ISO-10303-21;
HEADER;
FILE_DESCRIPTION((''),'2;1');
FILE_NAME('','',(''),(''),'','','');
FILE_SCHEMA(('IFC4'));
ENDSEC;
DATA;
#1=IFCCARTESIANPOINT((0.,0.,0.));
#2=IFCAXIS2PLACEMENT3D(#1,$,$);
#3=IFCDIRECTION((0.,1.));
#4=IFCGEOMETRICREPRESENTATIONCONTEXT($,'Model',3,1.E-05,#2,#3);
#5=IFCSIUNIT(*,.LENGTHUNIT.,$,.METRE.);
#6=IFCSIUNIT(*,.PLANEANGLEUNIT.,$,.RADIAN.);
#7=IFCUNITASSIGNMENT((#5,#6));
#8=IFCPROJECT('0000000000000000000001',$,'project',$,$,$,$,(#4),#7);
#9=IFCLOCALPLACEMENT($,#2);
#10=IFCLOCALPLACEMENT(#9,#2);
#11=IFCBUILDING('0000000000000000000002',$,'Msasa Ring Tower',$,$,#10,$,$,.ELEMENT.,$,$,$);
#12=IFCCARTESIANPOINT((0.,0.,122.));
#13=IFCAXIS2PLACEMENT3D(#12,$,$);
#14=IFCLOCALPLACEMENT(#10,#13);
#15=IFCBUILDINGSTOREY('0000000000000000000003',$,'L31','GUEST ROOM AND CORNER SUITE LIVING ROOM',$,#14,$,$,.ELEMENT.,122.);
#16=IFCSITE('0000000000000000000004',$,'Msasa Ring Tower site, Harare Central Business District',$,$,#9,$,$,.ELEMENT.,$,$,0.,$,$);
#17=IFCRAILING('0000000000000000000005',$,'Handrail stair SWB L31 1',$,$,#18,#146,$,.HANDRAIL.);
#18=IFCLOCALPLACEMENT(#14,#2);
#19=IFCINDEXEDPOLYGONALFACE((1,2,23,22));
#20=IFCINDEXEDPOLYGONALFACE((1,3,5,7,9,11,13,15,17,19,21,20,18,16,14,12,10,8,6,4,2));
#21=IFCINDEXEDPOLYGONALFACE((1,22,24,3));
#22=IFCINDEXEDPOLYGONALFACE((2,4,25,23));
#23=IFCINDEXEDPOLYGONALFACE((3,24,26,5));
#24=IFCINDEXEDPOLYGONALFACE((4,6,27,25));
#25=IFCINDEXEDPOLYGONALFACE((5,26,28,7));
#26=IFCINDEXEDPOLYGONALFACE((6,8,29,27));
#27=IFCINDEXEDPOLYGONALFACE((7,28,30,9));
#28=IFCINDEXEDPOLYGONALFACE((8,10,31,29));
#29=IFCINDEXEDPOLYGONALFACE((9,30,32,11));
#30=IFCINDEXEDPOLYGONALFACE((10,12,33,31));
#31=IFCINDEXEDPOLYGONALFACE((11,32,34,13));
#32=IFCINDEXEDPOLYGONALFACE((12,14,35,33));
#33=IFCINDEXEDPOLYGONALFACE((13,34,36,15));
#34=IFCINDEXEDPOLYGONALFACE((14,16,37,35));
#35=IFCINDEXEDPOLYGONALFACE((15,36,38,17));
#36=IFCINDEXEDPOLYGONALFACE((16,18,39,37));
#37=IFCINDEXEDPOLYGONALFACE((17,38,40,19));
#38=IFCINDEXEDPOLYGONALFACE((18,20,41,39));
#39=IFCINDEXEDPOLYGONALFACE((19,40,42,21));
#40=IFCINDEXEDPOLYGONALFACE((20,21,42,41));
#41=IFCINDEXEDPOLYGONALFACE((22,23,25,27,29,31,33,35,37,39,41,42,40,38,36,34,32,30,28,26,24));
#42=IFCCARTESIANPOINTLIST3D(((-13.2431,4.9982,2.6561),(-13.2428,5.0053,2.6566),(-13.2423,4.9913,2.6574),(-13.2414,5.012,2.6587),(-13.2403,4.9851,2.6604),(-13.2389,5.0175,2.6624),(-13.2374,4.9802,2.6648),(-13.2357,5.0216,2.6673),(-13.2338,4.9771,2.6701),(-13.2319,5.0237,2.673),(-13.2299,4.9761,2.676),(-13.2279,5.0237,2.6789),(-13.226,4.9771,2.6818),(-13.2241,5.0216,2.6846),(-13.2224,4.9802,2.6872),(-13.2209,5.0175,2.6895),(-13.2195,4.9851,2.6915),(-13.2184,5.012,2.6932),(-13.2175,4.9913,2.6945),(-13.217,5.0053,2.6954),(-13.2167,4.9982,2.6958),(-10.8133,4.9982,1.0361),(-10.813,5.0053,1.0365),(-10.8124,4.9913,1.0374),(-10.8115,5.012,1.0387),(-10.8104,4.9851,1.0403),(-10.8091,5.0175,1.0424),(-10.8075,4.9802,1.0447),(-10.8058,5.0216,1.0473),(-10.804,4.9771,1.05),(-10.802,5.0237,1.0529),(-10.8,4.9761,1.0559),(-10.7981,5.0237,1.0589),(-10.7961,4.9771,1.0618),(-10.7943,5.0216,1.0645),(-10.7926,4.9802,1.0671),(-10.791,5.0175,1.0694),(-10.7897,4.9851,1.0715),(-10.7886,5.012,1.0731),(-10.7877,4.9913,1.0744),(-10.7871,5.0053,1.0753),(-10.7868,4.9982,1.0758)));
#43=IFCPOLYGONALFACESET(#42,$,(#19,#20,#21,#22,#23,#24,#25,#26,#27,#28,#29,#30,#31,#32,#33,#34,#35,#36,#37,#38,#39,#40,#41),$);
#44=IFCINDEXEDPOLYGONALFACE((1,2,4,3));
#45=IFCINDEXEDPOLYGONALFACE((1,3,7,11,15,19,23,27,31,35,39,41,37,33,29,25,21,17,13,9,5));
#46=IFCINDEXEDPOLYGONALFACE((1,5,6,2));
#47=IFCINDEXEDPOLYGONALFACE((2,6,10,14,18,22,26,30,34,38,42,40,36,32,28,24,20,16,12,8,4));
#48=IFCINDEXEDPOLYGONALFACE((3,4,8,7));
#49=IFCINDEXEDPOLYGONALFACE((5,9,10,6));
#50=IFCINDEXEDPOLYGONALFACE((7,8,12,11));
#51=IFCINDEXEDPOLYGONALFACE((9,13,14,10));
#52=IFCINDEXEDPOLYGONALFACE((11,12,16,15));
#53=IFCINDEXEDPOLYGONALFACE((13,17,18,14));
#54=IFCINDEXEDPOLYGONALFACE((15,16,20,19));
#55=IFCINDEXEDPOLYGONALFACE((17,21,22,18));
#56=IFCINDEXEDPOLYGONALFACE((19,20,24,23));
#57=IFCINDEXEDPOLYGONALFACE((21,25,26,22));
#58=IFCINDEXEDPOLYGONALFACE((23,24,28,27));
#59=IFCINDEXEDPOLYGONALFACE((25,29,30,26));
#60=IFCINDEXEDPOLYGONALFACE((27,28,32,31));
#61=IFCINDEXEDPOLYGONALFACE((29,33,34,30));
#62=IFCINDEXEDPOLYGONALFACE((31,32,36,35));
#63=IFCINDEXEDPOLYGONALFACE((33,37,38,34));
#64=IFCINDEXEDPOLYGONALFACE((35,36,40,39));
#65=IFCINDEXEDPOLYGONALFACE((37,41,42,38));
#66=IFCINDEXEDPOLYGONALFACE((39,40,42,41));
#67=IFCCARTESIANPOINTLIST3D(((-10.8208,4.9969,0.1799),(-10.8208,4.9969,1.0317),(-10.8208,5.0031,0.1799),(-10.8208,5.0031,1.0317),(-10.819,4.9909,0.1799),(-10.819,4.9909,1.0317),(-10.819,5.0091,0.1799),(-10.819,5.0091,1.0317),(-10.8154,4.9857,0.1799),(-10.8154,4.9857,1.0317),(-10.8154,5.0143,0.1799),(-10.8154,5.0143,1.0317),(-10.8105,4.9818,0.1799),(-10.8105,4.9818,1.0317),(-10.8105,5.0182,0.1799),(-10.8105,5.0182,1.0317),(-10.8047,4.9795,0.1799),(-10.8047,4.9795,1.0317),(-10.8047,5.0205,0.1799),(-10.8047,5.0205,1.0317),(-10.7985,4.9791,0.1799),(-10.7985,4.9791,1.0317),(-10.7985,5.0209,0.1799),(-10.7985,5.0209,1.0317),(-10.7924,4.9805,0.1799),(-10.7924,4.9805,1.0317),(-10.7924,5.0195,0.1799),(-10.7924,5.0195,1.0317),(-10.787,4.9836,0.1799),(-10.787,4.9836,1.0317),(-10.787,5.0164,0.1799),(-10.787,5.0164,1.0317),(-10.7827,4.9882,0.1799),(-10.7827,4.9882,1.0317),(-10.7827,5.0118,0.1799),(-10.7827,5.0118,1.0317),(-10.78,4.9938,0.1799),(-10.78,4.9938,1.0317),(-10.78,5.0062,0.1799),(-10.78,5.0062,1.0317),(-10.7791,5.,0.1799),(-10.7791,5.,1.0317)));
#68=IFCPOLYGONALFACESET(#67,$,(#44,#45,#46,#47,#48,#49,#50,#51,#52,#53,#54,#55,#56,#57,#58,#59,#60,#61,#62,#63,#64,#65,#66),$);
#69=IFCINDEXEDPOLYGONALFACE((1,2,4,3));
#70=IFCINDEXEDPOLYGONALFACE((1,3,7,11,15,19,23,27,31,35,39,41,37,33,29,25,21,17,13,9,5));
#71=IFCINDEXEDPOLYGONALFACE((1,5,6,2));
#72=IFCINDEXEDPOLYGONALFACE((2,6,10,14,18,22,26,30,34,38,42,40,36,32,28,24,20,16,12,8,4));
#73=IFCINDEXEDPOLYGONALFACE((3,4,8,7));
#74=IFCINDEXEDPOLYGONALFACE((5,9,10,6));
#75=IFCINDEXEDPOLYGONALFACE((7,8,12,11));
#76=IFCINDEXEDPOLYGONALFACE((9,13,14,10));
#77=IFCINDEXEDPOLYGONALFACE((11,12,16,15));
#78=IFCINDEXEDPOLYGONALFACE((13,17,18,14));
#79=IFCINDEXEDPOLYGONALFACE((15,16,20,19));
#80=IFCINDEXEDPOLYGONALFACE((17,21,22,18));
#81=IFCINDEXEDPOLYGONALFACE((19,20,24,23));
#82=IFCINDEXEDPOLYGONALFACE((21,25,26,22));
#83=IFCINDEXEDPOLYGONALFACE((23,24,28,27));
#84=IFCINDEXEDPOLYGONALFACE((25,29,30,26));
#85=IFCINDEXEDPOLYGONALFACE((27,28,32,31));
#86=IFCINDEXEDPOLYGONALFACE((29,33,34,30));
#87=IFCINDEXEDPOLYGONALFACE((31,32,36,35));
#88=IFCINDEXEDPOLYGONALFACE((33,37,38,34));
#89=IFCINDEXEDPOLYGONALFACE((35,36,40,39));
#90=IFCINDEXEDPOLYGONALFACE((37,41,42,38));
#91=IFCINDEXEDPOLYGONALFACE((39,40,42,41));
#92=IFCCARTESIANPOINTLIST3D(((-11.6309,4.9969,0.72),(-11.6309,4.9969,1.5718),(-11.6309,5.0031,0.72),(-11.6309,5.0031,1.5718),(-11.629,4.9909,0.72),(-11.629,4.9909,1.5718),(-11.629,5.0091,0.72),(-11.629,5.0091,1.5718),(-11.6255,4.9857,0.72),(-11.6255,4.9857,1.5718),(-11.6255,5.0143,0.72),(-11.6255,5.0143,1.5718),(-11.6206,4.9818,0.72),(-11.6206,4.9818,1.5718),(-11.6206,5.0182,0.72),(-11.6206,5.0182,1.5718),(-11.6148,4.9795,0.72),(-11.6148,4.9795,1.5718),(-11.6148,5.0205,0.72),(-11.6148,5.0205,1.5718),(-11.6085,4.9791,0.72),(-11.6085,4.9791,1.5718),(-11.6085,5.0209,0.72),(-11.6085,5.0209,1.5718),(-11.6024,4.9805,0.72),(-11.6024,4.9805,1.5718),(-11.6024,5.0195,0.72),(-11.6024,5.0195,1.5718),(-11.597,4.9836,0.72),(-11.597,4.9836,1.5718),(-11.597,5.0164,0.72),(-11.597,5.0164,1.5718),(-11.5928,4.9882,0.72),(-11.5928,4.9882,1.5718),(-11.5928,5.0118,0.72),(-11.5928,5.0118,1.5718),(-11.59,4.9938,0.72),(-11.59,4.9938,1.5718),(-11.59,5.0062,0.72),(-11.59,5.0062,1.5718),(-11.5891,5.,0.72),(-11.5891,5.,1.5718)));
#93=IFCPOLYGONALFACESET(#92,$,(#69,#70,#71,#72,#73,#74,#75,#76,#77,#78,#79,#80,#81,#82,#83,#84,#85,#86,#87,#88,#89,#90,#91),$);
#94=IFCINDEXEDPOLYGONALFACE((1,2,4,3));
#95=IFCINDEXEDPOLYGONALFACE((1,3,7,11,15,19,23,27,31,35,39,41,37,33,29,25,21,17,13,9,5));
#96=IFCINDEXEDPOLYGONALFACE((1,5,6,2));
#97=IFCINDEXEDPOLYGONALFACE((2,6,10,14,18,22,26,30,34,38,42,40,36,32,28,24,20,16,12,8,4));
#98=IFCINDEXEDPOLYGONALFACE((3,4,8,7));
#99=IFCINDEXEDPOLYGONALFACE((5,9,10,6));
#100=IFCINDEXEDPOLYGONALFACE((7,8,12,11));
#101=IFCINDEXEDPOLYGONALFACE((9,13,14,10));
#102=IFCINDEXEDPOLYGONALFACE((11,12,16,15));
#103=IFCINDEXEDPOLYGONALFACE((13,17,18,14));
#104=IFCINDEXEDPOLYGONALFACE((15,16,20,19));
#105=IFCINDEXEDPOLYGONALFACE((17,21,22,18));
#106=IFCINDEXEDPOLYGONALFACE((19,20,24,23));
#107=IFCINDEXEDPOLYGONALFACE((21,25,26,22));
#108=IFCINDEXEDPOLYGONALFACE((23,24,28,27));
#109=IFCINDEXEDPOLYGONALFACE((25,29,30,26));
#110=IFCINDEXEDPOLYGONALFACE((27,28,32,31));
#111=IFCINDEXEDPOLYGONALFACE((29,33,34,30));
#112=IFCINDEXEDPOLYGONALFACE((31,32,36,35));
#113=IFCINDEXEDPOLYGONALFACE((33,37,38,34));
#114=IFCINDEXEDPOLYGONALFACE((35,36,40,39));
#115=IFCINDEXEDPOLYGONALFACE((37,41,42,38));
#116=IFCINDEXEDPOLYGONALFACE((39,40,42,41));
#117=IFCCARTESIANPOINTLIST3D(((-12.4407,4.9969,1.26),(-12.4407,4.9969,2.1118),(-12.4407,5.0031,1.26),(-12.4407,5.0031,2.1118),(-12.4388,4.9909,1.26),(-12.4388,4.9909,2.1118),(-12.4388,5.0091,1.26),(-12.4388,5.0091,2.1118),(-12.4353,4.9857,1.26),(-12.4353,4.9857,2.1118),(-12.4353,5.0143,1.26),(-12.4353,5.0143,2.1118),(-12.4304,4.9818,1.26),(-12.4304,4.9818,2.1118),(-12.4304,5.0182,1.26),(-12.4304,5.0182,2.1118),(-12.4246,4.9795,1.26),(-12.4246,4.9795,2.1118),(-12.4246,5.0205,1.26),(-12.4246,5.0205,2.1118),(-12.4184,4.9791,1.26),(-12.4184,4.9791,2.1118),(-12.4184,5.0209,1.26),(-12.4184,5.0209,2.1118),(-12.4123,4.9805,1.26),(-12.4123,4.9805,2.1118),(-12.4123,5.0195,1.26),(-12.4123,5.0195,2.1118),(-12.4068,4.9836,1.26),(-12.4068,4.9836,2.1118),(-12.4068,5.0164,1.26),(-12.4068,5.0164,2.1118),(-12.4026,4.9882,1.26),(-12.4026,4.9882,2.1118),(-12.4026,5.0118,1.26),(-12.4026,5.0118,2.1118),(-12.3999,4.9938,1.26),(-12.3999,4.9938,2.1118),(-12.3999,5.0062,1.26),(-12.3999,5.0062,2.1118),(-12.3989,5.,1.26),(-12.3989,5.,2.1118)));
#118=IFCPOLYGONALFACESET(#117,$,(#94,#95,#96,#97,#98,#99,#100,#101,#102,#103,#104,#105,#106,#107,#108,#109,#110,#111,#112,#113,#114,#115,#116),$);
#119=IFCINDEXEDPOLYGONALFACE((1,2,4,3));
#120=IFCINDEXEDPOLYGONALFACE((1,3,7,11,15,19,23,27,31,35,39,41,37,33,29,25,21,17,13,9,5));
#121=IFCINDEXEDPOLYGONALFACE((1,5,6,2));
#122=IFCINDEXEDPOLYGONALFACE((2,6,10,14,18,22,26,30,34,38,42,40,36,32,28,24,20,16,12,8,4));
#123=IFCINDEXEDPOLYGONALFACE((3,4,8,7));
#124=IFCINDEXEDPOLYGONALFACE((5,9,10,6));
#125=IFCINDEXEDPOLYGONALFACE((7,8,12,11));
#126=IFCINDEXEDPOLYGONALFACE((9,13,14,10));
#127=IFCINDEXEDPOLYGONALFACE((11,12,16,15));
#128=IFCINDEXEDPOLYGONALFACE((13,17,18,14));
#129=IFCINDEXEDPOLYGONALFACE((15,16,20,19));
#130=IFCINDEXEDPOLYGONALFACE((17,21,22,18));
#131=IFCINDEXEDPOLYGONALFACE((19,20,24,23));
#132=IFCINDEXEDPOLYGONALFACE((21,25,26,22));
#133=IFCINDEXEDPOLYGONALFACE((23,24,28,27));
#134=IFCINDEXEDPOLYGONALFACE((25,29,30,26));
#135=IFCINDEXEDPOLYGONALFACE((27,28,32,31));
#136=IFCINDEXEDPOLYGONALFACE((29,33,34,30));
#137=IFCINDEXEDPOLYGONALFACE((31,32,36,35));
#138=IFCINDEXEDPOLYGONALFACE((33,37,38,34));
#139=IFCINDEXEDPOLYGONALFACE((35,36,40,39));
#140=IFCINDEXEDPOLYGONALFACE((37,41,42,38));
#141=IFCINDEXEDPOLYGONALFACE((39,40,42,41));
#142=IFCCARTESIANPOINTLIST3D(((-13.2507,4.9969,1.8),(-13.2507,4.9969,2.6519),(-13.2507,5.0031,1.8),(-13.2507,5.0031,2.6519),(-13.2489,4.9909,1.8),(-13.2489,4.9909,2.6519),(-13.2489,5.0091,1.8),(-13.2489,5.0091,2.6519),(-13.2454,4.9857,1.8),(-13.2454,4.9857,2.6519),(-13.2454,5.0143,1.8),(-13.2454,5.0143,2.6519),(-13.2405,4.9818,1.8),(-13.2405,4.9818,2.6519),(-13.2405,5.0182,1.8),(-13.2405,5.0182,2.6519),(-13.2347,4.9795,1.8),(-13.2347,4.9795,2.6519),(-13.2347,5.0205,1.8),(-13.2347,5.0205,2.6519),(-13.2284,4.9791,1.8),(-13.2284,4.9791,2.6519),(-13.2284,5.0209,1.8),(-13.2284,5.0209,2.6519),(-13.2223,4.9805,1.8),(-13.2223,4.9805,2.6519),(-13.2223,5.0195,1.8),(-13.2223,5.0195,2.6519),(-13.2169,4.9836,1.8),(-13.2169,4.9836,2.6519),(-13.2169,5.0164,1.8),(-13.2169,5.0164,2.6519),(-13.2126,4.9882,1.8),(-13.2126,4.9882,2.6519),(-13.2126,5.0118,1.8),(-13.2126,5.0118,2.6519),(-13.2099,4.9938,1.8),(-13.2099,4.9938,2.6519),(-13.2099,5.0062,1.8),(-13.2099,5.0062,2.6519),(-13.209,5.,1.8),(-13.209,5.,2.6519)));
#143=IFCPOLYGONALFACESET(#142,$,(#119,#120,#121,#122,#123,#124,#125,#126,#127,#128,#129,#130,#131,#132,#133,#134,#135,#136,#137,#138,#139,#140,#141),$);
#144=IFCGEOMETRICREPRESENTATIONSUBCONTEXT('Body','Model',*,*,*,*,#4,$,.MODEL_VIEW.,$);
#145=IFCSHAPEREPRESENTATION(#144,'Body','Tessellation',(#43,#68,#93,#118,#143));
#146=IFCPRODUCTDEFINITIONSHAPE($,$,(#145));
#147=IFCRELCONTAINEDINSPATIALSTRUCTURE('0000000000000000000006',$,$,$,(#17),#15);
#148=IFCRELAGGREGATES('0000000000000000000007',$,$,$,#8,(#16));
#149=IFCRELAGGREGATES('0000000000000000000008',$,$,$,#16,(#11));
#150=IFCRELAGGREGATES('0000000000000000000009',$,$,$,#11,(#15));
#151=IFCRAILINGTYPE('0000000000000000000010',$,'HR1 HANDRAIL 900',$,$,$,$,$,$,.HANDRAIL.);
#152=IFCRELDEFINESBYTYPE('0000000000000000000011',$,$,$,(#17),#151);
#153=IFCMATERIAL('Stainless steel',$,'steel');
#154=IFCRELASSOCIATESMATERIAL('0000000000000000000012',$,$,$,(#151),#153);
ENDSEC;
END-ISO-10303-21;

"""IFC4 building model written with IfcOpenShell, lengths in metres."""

from ifc_helpers import new_model, si_unit, direction, frame, origin, origin_2d, place, context, subcontext, project, spatial, circle, extrude, material, type_object, element, save


model = new_model("IFC4")

# Units and contexts
model_context = context("Model", 3, precision=1e-05, world=origin(), true_north=direction((0.0, 1.0)))
body_context = subcontext(model_context, "Body", "Model", "MODEL_VIEW")
ifc_project = project(units=[si_unit("LENGTHUNIT", "METRE"), si_unit("PLANEANGLEUNIT", "RADIAN")], contexts=[model_context])

# Site, building, storey
site_placement = place(None, origin())
site = spatial("IfcSite", under=ifc_project, at=site_placement, Name="Msasa Ring Tower site, Harare Central Business District", CompositionType="ELEMENT", RefElevation=0.0)
building_placement = place(site_placement, origin())
building = spatial("IfcBuilding", under=site, at=building_placement, Name="Msasa Ring Tower", CompositionType="ELEMENT")
storey_placement = place(building_placement, frame((0.0, 0.0, 122.0)))
storey = spatial("IfcBuildingStorey", under=building, at=storey_placement, Name="L31", Description="GUEST ROOM AND CORNER SUITE LIVING ROOM", CompositionType="ELEMENT", Elevation=122.0)

# Railing
ifc_material_1 = material(Name="Stainless steel", Category="steel")
railing_type = type_object("IfcRailingType", Name="HR1 HANDRAIL 900", PredefinedType="HANDRAIL", material=ifc_material_1)
for number, where, name in (
    (1, (-10.8, 5.0, 0.1799), "Handrail stair SWB L31 1"),
):
    element("IfcRailing", number, at=place(storey_placement, frame(where)), inside=storey, type_object=railing_type, Name=name, PredefinedType="HANDRAIL", context=body_context, shape_type="SweptSolid", body=[
        extrude(circle(Radius=0.0239, at=origin_2d()), frame((0.0, 0.0, 0.876), z_axis=(-0.832025, 0.0, 0.554739), x_axis=(0.0, -1.0, 0.0)), (0.0, 0.0, 1.0), 2.9204),
        extrude(circle(Radius=0.021, at=origin_2d()), origin(), (0.0, 0.0, 1.0), 0.8518),
        extrude(circle(Radius=0.021, at=origin_2d()), frame((-0.8101, 0.0, 0.54)), (0.0, 0.0, 1.0), 0.8518),
        extrude(circle(Radius=0.021, at=origin_2d()), frame((-1.6199, 0.0, 1.0801)), (0.0, 0.0, 1.0), 0.8518),
        extrude(circle(Radius=0.021, at=origin_2d()), frame((-2.4299, 0.0, 1.6201)), (0.0, 0.0, 1.0), 0.8518),
    ])

save(model, "model.ifc")
